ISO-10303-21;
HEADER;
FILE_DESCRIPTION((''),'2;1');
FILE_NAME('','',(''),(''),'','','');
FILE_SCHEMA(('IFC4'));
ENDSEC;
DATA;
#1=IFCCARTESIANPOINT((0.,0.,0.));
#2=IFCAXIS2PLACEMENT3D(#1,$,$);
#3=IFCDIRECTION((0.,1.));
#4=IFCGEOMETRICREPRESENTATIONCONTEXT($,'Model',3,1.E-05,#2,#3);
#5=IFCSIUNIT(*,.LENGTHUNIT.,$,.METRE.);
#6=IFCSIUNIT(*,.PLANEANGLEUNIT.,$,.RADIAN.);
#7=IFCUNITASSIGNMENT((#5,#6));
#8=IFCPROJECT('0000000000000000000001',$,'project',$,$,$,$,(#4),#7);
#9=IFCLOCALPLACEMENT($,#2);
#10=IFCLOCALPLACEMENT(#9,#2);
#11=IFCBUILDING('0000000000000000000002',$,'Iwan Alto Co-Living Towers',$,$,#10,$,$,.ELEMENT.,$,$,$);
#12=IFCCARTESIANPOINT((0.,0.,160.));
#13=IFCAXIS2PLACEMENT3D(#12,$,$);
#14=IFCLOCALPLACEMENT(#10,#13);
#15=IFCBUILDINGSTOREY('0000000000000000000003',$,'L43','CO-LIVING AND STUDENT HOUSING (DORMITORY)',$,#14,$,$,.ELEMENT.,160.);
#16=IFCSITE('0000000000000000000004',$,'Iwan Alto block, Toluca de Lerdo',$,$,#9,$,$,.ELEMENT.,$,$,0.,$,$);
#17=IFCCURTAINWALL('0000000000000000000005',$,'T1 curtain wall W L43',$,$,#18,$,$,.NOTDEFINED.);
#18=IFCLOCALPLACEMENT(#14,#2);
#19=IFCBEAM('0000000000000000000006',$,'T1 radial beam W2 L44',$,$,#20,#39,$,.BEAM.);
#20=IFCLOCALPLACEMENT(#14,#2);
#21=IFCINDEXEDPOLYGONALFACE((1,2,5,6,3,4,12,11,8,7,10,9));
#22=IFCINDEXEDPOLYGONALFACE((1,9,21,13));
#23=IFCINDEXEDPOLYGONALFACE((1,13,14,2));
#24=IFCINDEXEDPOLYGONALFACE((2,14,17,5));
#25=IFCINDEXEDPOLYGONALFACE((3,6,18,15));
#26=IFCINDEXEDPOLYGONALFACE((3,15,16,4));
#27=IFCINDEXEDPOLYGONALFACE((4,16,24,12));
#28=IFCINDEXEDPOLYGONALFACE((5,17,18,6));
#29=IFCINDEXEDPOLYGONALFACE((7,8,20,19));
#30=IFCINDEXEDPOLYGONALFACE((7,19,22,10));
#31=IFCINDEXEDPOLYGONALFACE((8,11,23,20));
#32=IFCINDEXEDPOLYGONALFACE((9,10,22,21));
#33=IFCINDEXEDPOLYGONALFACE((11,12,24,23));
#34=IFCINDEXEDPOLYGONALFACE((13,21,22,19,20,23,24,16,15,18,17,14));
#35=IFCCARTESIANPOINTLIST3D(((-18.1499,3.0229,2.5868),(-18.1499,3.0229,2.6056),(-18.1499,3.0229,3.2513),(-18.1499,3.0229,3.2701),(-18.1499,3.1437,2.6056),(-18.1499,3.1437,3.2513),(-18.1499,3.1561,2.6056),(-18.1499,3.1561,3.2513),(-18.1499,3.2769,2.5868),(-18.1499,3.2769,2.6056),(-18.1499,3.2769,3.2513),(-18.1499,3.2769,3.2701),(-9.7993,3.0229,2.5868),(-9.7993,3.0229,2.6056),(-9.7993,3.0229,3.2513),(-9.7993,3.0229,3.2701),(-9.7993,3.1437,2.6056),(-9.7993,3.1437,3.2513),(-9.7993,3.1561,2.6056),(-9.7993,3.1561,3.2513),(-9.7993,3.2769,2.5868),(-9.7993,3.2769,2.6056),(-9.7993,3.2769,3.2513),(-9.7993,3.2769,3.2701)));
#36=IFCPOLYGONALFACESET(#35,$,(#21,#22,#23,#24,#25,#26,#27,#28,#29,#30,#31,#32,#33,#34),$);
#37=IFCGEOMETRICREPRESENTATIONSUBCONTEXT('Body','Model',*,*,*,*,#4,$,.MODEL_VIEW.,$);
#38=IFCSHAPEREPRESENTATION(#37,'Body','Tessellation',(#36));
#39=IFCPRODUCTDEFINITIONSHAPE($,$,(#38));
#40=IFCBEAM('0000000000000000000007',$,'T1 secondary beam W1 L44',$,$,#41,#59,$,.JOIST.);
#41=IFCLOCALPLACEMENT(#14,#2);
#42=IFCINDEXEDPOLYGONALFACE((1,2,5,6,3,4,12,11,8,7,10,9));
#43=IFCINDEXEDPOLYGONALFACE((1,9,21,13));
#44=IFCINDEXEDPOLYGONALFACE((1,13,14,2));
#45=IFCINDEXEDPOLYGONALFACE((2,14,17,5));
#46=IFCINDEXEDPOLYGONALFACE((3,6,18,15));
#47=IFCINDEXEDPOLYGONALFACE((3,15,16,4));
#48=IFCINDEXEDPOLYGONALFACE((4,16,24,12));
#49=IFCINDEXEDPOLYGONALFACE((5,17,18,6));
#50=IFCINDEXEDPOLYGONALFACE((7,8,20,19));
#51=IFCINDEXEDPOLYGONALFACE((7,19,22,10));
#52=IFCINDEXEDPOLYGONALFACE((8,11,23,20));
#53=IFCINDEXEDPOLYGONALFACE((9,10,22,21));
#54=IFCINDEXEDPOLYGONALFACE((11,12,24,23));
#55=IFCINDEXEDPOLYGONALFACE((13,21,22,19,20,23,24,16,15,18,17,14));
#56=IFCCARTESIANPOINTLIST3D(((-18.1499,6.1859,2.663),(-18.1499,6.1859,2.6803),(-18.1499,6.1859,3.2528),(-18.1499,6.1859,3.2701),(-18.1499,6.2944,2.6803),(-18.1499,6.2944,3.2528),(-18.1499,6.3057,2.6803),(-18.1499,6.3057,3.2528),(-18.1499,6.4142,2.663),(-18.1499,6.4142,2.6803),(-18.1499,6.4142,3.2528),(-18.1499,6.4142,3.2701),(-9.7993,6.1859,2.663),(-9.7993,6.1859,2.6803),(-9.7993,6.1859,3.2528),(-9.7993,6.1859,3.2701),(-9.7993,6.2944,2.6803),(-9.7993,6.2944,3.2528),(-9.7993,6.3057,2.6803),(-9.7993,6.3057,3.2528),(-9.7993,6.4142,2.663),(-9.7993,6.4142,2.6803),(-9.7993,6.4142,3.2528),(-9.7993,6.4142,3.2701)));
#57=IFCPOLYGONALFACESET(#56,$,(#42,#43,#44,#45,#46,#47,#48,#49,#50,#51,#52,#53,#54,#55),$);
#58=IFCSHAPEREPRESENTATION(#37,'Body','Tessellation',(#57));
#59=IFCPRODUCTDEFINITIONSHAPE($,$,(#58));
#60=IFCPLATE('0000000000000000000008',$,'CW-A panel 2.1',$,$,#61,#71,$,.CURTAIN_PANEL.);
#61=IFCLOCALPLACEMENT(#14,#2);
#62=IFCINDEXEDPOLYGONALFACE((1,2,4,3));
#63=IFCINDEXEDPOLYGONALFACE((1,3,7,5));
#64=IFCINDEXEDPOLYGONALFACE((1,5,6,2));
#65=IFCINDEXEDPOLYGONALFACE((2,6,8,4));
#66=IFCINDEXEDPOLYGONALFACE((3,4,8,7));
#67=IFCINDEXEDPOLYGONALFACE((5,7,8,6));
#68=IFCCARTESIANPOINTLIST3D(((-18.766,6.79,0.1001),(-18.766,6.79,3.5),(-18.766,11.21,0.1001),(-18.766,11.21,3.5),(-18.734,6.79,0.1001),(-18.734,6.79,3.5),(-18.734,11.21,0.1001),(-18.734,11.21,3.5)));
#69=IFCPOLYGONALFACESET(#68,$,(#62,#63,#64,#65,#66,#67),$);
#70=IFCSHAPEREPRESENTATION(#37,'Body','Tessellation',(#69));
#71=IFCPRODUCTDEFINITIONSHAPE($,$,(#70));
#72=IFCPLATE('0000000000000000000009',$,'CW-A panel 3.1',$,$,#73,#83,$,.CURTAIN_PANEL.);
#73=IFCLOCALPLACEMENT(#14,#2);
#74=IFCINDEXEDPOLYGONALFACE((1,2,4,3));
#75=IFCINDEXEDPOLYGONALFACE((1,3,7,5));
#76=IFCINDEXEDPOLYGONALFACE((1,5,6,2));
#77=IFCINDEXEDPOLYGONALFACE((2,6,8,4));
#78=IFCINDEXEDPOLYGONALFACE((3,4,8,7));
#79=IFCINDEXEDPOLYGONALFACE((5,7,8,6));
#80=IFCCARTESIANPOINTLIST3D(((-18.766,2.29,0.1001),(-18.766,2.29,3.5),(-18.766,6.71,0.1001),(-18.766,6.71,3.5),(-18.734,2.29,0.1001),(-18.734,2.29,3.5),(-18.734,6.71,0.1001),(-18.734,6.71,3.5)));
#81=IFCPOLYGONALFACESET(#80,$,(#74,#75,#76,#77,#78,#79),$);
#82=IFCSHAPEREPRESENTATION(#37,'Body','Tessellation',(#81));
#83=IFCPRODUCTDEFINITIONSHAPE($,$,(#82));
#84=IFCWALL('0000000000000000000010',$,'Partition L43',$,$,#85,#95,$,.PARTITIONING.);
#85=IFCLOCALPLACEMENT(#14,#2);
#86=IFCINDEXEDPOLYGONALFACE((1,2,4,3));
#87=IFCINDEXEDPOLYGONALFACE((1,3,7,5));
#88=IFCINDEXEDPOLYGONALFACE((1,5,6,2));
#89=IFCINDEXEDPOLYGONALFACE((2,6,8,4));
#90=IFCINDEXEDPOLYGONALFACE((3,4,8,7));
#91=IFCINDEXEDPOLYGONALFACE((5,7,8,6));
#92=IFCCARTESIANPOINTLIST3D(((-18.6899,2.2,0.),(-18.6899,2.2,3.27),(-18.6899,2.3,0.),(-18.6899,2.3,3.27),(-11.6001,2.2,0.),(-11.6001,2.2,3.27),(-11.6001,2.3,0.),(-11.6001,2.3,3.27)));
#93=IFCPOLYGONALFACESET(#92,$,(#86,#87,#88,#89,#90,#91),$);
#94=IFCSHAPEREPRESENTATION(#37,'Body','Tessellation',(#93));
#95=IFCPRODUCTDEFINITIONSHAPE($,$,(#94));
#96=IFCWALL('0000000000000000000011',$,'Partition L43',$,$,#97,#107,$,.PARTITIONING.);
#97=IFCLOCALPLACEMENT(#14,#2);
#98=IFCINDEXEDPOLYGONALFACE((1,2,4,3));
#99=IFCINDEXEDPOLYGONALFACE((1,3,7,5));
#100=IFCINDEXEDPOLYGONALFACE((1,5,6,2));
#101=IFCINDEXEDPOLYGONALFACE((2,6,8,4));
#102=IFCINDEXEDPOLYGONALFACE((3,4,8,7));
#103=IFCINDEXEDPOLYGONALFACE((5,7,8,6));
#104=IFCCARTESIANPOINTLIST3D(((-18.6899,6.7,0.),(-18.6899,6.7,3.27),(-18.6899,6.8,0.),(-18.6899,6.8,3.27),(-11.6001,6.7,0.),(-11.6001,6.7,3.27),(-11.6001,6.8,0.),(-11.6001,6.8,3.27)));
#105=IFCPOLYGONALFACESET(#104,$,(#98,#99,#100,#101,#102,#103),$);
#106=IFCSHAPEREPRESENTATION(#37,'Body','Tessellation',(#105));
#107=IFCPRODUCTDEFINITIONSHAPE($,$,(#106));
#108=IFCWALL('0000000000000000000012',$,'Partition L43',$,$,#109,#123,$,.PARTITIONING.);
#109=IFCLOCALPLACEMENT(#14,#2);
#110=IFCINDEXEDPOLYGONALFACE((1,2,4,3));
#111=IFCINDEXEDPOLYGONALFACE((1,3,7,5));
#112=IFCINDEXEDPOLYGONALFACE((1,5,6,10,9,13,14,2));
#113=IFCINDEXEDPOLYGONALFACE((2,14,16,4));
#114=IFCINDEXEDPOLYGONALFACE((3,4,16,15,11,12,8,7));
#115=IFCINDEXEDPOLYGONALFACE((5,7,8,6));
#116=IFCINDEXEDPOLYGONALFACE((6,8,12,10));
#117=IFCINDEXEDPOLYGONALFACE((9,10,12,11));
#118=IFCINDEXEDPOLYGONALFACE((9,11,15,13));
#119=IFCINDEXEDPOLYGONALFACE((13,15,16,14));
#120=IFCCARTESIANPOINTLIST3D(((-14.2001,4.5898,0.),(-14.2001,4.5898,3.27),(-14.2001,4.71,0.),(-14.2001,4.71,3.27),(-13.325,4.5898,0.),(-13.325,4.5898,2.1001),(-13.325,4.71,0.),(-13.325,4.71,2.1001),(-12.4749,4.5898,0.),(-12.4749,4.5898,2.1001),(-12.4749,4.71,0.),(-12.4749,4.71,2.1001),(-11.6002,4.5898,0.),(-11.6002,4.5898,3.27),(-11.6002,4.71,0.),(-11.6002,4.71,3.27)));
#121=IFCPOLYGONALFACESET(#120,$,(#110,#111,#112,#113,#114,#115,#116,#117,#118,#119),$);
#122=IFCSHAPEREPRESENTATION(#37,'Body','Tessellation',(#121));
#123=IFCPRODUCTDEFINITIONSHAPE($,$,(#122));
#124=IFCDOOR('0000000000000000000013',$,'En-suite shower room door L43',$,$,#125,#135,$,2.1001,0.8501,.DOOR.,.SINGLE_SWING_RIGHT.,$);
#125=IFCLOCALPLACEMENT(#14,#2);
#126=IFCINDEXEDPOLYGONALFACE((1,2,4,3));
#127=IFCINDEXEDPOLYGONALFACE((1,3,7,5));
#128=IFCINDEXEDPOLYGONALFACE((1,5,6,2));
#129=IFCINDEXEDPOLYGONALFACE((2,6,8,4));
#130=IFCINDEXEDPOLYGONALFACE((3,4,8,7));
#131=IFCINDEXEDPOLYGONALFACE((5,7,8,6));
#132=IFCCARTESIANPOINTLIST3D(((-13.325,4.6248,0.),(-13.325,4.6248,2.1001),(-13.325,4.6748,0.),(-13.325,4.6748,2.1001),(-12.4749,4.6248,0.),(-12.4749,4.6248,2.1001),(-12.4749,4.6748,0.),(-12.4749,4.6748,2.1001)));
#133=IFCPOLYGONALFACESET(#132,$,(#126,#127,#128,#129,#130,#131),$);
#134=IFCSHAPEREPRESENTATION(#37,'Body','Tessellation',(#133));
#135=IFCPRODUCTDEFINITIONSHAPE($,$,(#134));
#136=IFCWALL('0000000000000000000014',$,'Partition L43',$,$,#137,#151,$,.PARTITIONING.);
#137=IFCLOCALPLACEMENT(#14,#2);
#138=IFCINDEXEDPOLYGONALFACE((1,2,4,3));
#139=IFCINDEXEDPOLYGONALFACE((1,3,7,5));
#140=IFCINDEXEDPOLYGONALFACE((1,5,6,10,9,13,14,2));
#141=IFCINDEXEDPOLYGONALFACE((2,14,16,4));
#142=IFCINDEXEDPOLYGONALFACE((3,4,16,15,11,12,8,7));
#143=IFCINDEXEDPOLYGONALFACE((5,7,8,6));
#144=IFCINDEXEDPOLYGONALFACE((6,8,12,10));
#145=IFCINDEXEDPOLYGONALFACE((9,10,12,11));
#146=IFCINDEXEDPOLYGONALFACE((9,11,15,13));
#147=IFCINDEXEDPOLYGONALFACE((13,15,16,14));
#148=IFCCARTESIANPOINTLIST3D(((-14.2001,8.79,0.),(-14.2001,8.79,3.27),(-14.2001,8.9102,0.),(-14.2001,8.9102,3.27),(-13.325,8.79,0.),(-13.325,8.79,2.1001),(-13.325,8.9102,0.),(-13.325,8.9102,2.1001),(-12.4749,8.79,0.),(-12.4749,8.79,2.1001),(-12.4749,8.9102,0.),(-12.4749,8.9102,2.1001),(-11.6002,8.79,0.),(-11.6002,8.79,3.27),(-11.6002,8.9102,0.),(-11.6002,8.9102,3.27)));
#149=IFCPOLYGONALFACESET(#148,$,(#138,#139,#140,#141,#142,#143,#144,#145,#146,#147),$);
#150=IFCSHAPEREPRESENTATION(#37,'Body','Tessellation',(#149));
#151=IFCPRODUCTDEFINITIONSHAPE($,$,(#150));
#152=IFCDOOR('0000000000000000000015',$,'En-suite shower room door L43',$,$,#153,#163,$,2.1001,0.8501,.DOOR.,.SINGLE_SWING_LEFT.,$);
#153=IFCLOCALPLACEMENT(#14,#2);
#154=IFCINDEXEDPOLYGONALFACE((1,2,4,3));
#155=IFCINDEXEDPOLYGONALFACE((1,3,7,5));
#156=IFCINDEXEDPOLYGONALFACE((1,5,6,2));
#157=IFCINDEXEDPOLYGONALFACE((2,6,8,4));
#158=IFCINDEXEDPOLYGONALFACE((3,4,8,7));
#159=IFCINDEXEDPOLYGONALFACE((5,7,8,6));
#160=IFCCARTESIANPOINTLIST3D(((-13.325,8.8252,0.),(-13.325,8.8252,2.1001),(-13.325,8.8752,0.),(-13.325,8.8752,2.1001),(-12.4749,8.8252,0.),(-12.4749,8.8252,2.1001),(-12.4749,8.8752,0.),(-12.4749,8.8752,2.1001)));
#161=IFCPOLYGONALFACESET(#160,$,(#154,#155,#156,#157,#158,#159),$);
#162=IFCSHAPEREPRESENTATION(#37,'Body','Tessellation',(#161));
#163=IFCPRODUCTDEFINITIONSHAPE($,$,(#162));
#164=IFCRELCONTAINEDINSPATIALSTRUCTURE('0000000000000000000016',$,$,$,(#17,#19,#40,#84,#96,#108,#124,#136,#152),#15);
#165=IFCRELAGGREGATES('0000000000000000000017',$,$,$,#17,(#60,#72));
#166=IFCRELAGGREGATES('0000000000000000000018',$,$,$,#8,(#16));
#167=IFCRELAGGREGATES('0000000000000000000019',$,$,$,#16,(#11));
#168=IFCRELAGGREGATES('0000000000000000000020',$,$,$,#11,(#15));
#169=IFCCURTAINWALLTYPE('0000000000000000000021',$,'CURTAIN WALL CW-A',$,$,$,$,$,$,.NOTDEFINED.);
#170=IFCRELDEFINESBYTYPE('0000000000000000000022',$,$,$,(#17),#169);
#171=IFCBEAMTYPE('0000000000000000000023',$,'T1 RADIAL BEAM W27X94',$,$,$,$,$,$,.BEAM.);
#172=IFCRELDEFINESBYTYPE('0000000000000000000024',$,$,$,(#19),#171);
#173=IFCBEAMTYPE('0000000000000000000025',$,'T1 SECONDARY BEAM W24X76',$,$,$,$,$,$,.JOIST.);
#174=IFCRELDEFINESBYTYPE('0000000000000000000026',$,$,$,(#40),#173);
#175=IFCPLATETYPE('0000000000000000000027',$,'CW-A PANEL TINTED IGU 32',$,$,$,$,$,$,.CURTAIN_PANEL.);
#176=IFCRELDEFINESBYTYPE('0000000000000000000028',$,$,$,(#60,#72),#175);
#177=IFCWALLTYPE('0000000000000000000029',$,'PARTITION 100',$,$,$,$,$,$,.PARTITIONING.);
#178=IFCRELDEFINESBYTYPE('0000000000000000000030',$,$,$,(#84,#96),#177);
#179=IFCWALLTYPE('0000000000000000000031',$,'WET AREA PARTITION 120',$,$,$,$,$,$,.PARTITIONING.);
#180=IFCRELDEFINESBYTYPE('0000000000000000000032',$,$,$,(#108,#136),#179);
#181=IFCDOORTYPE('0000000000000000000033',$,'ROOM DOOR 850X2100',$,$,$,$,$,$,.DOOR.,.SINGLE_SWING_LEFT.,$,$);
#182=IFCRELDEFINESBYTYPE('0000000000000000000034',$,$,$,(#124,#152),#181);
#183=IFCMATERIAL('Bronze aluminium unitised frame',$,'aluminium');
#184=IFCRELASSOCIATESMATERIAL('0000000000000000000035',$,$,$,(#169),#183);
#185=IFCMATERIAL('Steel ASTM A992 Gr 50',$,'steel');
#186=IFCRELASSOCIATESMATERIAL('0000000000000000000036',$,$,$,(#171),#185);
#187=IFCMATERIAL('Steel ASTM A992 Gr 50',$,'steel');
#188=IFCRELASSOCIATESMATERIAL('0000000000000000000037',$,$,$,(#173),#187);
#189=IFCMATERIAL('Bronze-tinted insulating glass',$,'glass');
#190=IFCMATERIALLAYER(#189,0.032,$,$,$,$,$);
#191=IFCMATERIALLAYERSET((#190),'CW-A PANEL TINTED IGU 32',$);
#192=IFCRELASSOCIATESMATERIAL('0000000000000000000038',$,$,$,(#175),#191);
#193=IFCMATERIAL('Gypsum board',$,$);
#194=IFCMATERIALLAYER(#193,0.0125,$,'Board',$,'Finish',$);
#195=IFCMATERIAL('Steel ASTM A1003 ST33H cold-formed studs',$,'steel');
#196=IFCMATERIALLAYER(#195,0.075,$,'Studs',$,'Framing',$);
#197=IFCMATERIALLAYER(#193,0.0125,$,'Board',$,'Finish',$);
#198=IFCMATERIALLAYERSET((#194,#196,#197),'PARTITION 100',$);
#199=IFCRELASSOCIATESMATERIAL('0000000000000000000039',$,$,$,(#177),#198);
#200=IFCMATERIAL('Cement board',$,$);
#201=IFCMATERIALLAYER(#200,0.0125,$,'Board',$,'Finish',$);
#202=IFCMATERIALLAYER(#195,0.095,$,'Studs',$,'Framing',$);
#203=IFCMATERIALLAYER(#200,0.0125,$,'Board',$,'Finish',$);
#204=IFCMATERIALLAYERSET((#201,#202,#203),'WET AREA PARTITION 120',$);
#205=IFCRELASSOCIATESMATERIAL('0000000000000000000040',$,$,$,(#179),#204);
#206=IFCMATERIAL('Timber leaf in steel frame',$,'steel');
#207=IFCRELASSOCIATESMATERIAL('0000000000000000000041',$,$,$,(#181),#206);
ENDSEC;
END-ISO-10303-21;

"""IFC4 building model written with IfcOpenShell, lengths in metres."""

from ifc_helpers import new_model, si_unit, direction, frame, frame_2d, origin, origin_2d, place, context, subcontext, project, spatial, rectangle, i_section, extrude, material, layer, layer_set, material_profile, profile_set, type_object, element, fill, aggregate, save


model = new_model("IFC4")

# Units and contexts
model_context = context("Model", 3, precision=1e-05, world=origin(), true_north=direction((0.0, 1.0)))
body_context = subcontext(model_context, "Body", "Model", "MODEL_VIEW")
ifc_project = project(units=[si_unit("LENGTHUNIT", "METRE"), si_unit("PLANEANGLEUNIT", "RADIAN")], contexts=[model_context])

# Site, building, storey
site_placement = place(None, origin())
site = spatial("IfcSite", under=ifc_project, at=site_placement, Name="Iwan Alto block, Toluca de Lerdo", CompositionType="ELEMENT", RefElevation=0.0)
building_placement = place(site_placement, origin())
building = spatial("IfcBuilding", under=site, at=building_placement, Name="Iwan Alto Co-Living Towers", CompositionType="ELEMENT")
storey_placement = place(building_placement, frame((0.0, 0.0, 160.0)))
storey = spatial("IfcBuildingStorey", under=building, at=storey_placement, Name="L43", Description="CO-LIVING AND STUDENT HOUSING (DORMITORY)", CompositionType="ELEMENT", Elevation=160.0)

# Curtain wall
ifc_material_1 = material(Name="Bronze aluminium unitised frame", Category="aluminium")
curtain_wall_type = type_object("IfcCurtainWallType", Name="CURTAIN WALL CW-A", PredefinedType="NOTDEFINED", material=ifc_material_1)
curtain_wall_placement = place(storey_placement, origin())
curtain_wall = element("IfcCurtainWall", 1, at=curtain_wall_placement, inside=storey, type_object=curtain_wall_type, Name="T1 curtain wall W L43", PredefinedType="NOTDEFINED")

# Beams
ifc_material_2 = material(Name="Steel ASTM A992 Gr 50", Category="steel")
ifc_material_profile_1 = material_profile(ifc_material_2, i_section(OverallWidth=0.2539, OverallDepth=0.6833, WebThickness=0.0125, FlangeThickness=0.0188, at=origin_2d()), Name="W27X94")
ifc_profile_set_1 = profile_set([ifc_material_profile_1], Name="Steel ASTM A992 Gr 50")
beam_type_1 = type_object("IfcBeamType", Name="T1 RADIAL BEAM W27X94", PredefinedType="BEAM", material=ifc_profile_set_1)
for number, where, z_axis, x_axis, name in (
    (2, (-18.1499, 3.1499, 2.9285), (1.0, 0.0, 0.0), (0.0, 1.0, 0.0), "T1 radial beam W2 L44"),
):
    element("IfcBeam", number, at=place(storey_placement, frame(where, z_axis=z_axis, x_axis=x_axis)), inside=storey, type_object=beam_type_1, Name=name, PredefinedType="BEAM", context=body_context, shape_type="SweptSolid", body=[
        extrude(i_section(OverallWidth=0.2539, OverallDepth=0.6833, WebThickness=0.0125, FlangeThickness=0.0188, at=origin_2d()), origin(), (0.0, 0.0, 1.0), 8.3506),
    ])
ifc_material_3 = material(Name="Steel ASTM A992 Gr 50", Category="steel")
ifc_material_profile_2 = material_profile(ifc_material_3, i_section(OverallWidth=0.2283, OverallDepth=0.6072, WebThickness=0.0112, FlangeThickness=0.0173, at=origin_2d()), Name="W24X76")
ifc_profile_set_2 = profile_set([ifc_material_profile_2], Name="Steel ASTM A992 Gr 50")
beam_type_2 = type_object("IfcBeamType", Name="T1 SECONDARY BEAM W24X76", PredefinedType="JOIST", material=ifc_profile_set_2)
beam_1_placement = place(storey_placement, frame((-18.1499, 6.3, 2.9666), z_axis=(1.0, 0.0, 0.0), x_axis=(0.0, 1.0, 0.0)))
element("IfcBeam", 3, at=beam_1_placement, inside=storey, type_object=beam_type_2, Name="T1 secondary beam W1 L44", PredefinedType="JOIST", context=body_context, shape_type="SweptSolid", body=[
    extrude(i_section(OverallWidth=0.2283, OverallDepth=0.6072, WebThickness=0.0112, FlangeThickness=0.0173, at=origin_2d()), origin(), (0.0, 0.0, 1.0), 8.3506),
])

# Plates
ifc_material_4 = material(Name="Bronze-tinted insulating glass", Category="glass")
ifc_layer_1 = layer(ifc_material_4, 0.032)
ifc_layer_set_1 = layer_set([ifc_layer_1], Name="CW-A PANEL TINTED IGU 32")
plate_type = type_object("IfcPlateType", Name="CW-A PANEL TINTED IGU 32", PredefinedType="CURTAIN_PANEL", material=ifc_layer_set_1)
plate_1_placement = place(storey_placement, frame((-18.75, 9.0, 0.1001), z_axis=(0.0, 0.0, 1.0), x_axis=(0.0, -1.0, 0.0)))
plate_1 = element("IfcPlate", 4, at=plate_1_placement, type_object=plate_type, Name="CW-A panel 2.1", PredefinedType="CURTAIN_PANEL", context=body_context, shape_type="SweptSolid", body=[
    extrude(rectangle(XDim=4.4199, YDim=0.032, at=origin_2d()), origin(), (0.0, 0.0, 1.0), 3.3999),
])
plate_2_placement = place(storey_placement, frame((-18.75, 4.5, 0.1001), z_axis=(0.0, 0.0, 1.0), x_axis=(0.0, -1.0, 0.0)))
plate_2 = element("IfcPlate", 5, at=plate_2_placement, type_object=plate_type, Name="CW-A panel 3.1", PredefinedType="CURTAIN_PANEL", context=body_context, shape_type="SweptSolid", body=[
    extrude(rectangle(XDim=4.4199, YDim=0.032, at=origin_2d()), origin(), (0.0, 0.0, 1.0), 3.3999),
])
aggregate(curtain_wall, [plate_1, plate_2])

# Walls
ifc_material_5 = material(Name="Gypsum board")
ifc_layer_2 = layer(ifc_material_5, 0.0125, Name="Board", Category="Finish")
ifc_material_6 = material(Name="Steel ASTM A1003 ST33H cold-formed studs", Category="steel")
ifc_layer_3 = layer(ifc_material_6, 0.075, Name="Studs", Category="Framing")
ifc_layer_4 = layer(ifc_material_5, 0.0125, Name="Board", Category="Finish")
ifc_layer_set_2 = layer_set([ifc_layer_2, ifc_layer_3, ifc_layer_4], Name="PARTITION 100")
wall_type_1 = type_object("IfcWallType", Name="PARTITION 100", PredefinedType="PARTITIONING", material=ifc_layer_set_2)
for number, where, z_axis, x_axis, name in (
    (6, (-18.6899, 2.25, 0.0), (0.0, 0.0, 1.0), (1.0, 0.0, 0.0), "Partition L43"),
    (7, (-18.6899, 6.75, 0.0), (0.0, 0.0, 1.0), (1.0, 0.0, 0.0), "Partition L43"),
):
    element("IfcWall", number, at=place(storey_placement, frame(where, z_axis=z_axis, x_axis=x_axis)), inside=storey, type_object=wall_type_1, Name=name, PredefinedType="PARTITIONING", context=body_context, shape_type="SweptSolid", body=[
        extrude(rectangle(XDim=7.0898, YDim=0.1001, at=frame_2d((3.5449, 0.0))), origin(), (0.0, 0.0, 1.0), 3.27),
    ])

# Walls, openings, doors
ifc_material_7 = material(Name="Cement board")
ifc_layer_5 = layer(ifc_material_7, 0.0125, Name="Board", Category="Finish")
ifc_layer_6 = layer(ifc_material_6, 0.095, Name="Studs", Category="Framing")
ifc_layer_7 = layer(ifc_material_7, 0.0125, Name="Board", Category="Finish")
ifc_layer_set_3 = layer_set([ifc_layer_5, ifc_layer_6, ifc_layer_7], Name="WET AREA PARTITION 120")
wall_type_2 = type_object("IfcWallType", Name="WET AREA PARTITION 120", PredefinedType="PARTITIONING", material=ifc_layer_set_3)
wall_1_placement = place(storey_placement, frame((-14.2, 4.6499, 0.0), z_axis=(0.0, 0.0, 1.0), x_axis=(1.0, 0.0, 0.0)))
wall_1 = element("IfcWall", 8, at=wall_1_placement, inside=storey, type_object=wall_type_2, Name="Partition L43", PredefinedType="PARTITIONING", context=body_context, shape_type="SweptSolid", body=[
    extrude(rectangle(XDim=2.5999, YDim=0.1201, at=frame_2d((1.2998, 0.0))), origin(), (0.0, 0.0, 1.0), 3.27),
])
opening_1_placement = place(wall_1_placement, frame((0.875, 0.0, 0.0)))
opening_1 = element("IfcOpeningElement", 9, at=opening_1_placement, cuts=wall_1, PredefinedType="OPENING", context=body_context, shape_type="SweptSolid", body=[
    extrude(rectangle(XDim=0.8501, YDim=2.1001, at=frame_2d((0.425, 1.05))), frame((0.0, 0.0701, 0.0), z_axis=(0.0, -1.0, 0.0), x_axis=(1.0, 0.0, 0.0)), (0.0, 0.0, 1.0), 0.1401),
])
ifc_material_8 = material(Name="Timber leaf in steel frame", Category="steel")
door_type = type_object("IfcDoorType", Name="ROOM DOOR 850X2100", OperationType="SINGLE_SWING_LEFT", PredefinedType="DOOR", material=ifc_material_8)
door_1_placement = place(opening_1_placement, origin())
door_1 = element("IfcDoor", 10, at=door_1_placement, inside=storey, type_object=door_type, Name="En-suite shower room door L43", OperationType="SINGLE_SWING_RIGHT", OverallHeight=2.1001, OverallWidth=0.8501, PredefinedType="DOOR", context=body_context, shape_type="SweptSolid", body=[
    extrude(rectangle(XDim=0.8501, YDim=2.1001, at=frame_2d((0.425, 1.05))), frame((0.0, 0.0249, 0.0), z_axis=(0.0, -1.0, 0.0), x_axis=(1.0, 0.0, 0.0)), (0.0, 0.0, 1.0), 0.05),
])
fill(opening_1, door_1)
wall_2_placement = place(storey_placement, frame((-14.2, 8.8501, 0.0), z_axis=(0.0, 0.0, 1.0), x_axis=(1.0, 0.0, 0.0)))
wall_2 = element("IfcWall", 11, at=wall_2_placement, inside=storey, type_object=wall_type_2, Name="Partition L43", PredefinedType="PARTITIONING", context=body_context, shape_type="SweptSolid", body=[
    extrude(rectangle(XDim=2.5999, YDim=0.1201, at=frame_2d((1.2998, 0.0))), origin(), (0.0, 0.0, 1.0), 3.27),
])
opening_2_placement = place(wall_2_placement, frame((0.875, 0.0, 0.0)))
opening_2 = element("IfcOpeningElement", 12, at=opening_2_placement, cuts=wall_2, PredefinedType="OPENING", context=body_context, shape_type="SweptSolid", body=[
    extrude(rectangle(XDim=0.8501, YDim=2.1001, at=frame_2d((0.425, 1.05))), frame((0.0, 0.0701, 0.0), z_axis=(0.0, -1.0, 0.0), x_axis=(1.0, 0.0, 0.0)), (0.0, 0.0, 1.0), 0.1401),
])
door_2_placement = place(opening_2_placement, frame((0.8501, 0.0, 0.0), z_axis=(0.0, 0.0, 1.0), x_axis=(-1.0, 0.0, 0.0)))
door_2 = element("IfcDoor", 13, at=door_2_placement, inside=storey, type_object=door_type, Name="En-suite shower room door L43", OperationType="SINGLE_SWING_LEFT", OverallHeight=2.1001, OverallWidth=0.8501, PredefinedType="DOOR", context=body_context, shape_type="SweptSolid", body=[
    extrude(rectangle(XDim=0.8501, YDim=2.1001, at=frame_2d((0.425, 1.05))), frame((0.0, 0.0249, 0.0), z_axis=(0.0, -1.0, 0.0), x_axis=(1.0, 0.0, 0.0)), (0.0, 0.0, 1.0), 0.05),
])
fill(opening_2, door_2)

save(model, "model.ifc")
